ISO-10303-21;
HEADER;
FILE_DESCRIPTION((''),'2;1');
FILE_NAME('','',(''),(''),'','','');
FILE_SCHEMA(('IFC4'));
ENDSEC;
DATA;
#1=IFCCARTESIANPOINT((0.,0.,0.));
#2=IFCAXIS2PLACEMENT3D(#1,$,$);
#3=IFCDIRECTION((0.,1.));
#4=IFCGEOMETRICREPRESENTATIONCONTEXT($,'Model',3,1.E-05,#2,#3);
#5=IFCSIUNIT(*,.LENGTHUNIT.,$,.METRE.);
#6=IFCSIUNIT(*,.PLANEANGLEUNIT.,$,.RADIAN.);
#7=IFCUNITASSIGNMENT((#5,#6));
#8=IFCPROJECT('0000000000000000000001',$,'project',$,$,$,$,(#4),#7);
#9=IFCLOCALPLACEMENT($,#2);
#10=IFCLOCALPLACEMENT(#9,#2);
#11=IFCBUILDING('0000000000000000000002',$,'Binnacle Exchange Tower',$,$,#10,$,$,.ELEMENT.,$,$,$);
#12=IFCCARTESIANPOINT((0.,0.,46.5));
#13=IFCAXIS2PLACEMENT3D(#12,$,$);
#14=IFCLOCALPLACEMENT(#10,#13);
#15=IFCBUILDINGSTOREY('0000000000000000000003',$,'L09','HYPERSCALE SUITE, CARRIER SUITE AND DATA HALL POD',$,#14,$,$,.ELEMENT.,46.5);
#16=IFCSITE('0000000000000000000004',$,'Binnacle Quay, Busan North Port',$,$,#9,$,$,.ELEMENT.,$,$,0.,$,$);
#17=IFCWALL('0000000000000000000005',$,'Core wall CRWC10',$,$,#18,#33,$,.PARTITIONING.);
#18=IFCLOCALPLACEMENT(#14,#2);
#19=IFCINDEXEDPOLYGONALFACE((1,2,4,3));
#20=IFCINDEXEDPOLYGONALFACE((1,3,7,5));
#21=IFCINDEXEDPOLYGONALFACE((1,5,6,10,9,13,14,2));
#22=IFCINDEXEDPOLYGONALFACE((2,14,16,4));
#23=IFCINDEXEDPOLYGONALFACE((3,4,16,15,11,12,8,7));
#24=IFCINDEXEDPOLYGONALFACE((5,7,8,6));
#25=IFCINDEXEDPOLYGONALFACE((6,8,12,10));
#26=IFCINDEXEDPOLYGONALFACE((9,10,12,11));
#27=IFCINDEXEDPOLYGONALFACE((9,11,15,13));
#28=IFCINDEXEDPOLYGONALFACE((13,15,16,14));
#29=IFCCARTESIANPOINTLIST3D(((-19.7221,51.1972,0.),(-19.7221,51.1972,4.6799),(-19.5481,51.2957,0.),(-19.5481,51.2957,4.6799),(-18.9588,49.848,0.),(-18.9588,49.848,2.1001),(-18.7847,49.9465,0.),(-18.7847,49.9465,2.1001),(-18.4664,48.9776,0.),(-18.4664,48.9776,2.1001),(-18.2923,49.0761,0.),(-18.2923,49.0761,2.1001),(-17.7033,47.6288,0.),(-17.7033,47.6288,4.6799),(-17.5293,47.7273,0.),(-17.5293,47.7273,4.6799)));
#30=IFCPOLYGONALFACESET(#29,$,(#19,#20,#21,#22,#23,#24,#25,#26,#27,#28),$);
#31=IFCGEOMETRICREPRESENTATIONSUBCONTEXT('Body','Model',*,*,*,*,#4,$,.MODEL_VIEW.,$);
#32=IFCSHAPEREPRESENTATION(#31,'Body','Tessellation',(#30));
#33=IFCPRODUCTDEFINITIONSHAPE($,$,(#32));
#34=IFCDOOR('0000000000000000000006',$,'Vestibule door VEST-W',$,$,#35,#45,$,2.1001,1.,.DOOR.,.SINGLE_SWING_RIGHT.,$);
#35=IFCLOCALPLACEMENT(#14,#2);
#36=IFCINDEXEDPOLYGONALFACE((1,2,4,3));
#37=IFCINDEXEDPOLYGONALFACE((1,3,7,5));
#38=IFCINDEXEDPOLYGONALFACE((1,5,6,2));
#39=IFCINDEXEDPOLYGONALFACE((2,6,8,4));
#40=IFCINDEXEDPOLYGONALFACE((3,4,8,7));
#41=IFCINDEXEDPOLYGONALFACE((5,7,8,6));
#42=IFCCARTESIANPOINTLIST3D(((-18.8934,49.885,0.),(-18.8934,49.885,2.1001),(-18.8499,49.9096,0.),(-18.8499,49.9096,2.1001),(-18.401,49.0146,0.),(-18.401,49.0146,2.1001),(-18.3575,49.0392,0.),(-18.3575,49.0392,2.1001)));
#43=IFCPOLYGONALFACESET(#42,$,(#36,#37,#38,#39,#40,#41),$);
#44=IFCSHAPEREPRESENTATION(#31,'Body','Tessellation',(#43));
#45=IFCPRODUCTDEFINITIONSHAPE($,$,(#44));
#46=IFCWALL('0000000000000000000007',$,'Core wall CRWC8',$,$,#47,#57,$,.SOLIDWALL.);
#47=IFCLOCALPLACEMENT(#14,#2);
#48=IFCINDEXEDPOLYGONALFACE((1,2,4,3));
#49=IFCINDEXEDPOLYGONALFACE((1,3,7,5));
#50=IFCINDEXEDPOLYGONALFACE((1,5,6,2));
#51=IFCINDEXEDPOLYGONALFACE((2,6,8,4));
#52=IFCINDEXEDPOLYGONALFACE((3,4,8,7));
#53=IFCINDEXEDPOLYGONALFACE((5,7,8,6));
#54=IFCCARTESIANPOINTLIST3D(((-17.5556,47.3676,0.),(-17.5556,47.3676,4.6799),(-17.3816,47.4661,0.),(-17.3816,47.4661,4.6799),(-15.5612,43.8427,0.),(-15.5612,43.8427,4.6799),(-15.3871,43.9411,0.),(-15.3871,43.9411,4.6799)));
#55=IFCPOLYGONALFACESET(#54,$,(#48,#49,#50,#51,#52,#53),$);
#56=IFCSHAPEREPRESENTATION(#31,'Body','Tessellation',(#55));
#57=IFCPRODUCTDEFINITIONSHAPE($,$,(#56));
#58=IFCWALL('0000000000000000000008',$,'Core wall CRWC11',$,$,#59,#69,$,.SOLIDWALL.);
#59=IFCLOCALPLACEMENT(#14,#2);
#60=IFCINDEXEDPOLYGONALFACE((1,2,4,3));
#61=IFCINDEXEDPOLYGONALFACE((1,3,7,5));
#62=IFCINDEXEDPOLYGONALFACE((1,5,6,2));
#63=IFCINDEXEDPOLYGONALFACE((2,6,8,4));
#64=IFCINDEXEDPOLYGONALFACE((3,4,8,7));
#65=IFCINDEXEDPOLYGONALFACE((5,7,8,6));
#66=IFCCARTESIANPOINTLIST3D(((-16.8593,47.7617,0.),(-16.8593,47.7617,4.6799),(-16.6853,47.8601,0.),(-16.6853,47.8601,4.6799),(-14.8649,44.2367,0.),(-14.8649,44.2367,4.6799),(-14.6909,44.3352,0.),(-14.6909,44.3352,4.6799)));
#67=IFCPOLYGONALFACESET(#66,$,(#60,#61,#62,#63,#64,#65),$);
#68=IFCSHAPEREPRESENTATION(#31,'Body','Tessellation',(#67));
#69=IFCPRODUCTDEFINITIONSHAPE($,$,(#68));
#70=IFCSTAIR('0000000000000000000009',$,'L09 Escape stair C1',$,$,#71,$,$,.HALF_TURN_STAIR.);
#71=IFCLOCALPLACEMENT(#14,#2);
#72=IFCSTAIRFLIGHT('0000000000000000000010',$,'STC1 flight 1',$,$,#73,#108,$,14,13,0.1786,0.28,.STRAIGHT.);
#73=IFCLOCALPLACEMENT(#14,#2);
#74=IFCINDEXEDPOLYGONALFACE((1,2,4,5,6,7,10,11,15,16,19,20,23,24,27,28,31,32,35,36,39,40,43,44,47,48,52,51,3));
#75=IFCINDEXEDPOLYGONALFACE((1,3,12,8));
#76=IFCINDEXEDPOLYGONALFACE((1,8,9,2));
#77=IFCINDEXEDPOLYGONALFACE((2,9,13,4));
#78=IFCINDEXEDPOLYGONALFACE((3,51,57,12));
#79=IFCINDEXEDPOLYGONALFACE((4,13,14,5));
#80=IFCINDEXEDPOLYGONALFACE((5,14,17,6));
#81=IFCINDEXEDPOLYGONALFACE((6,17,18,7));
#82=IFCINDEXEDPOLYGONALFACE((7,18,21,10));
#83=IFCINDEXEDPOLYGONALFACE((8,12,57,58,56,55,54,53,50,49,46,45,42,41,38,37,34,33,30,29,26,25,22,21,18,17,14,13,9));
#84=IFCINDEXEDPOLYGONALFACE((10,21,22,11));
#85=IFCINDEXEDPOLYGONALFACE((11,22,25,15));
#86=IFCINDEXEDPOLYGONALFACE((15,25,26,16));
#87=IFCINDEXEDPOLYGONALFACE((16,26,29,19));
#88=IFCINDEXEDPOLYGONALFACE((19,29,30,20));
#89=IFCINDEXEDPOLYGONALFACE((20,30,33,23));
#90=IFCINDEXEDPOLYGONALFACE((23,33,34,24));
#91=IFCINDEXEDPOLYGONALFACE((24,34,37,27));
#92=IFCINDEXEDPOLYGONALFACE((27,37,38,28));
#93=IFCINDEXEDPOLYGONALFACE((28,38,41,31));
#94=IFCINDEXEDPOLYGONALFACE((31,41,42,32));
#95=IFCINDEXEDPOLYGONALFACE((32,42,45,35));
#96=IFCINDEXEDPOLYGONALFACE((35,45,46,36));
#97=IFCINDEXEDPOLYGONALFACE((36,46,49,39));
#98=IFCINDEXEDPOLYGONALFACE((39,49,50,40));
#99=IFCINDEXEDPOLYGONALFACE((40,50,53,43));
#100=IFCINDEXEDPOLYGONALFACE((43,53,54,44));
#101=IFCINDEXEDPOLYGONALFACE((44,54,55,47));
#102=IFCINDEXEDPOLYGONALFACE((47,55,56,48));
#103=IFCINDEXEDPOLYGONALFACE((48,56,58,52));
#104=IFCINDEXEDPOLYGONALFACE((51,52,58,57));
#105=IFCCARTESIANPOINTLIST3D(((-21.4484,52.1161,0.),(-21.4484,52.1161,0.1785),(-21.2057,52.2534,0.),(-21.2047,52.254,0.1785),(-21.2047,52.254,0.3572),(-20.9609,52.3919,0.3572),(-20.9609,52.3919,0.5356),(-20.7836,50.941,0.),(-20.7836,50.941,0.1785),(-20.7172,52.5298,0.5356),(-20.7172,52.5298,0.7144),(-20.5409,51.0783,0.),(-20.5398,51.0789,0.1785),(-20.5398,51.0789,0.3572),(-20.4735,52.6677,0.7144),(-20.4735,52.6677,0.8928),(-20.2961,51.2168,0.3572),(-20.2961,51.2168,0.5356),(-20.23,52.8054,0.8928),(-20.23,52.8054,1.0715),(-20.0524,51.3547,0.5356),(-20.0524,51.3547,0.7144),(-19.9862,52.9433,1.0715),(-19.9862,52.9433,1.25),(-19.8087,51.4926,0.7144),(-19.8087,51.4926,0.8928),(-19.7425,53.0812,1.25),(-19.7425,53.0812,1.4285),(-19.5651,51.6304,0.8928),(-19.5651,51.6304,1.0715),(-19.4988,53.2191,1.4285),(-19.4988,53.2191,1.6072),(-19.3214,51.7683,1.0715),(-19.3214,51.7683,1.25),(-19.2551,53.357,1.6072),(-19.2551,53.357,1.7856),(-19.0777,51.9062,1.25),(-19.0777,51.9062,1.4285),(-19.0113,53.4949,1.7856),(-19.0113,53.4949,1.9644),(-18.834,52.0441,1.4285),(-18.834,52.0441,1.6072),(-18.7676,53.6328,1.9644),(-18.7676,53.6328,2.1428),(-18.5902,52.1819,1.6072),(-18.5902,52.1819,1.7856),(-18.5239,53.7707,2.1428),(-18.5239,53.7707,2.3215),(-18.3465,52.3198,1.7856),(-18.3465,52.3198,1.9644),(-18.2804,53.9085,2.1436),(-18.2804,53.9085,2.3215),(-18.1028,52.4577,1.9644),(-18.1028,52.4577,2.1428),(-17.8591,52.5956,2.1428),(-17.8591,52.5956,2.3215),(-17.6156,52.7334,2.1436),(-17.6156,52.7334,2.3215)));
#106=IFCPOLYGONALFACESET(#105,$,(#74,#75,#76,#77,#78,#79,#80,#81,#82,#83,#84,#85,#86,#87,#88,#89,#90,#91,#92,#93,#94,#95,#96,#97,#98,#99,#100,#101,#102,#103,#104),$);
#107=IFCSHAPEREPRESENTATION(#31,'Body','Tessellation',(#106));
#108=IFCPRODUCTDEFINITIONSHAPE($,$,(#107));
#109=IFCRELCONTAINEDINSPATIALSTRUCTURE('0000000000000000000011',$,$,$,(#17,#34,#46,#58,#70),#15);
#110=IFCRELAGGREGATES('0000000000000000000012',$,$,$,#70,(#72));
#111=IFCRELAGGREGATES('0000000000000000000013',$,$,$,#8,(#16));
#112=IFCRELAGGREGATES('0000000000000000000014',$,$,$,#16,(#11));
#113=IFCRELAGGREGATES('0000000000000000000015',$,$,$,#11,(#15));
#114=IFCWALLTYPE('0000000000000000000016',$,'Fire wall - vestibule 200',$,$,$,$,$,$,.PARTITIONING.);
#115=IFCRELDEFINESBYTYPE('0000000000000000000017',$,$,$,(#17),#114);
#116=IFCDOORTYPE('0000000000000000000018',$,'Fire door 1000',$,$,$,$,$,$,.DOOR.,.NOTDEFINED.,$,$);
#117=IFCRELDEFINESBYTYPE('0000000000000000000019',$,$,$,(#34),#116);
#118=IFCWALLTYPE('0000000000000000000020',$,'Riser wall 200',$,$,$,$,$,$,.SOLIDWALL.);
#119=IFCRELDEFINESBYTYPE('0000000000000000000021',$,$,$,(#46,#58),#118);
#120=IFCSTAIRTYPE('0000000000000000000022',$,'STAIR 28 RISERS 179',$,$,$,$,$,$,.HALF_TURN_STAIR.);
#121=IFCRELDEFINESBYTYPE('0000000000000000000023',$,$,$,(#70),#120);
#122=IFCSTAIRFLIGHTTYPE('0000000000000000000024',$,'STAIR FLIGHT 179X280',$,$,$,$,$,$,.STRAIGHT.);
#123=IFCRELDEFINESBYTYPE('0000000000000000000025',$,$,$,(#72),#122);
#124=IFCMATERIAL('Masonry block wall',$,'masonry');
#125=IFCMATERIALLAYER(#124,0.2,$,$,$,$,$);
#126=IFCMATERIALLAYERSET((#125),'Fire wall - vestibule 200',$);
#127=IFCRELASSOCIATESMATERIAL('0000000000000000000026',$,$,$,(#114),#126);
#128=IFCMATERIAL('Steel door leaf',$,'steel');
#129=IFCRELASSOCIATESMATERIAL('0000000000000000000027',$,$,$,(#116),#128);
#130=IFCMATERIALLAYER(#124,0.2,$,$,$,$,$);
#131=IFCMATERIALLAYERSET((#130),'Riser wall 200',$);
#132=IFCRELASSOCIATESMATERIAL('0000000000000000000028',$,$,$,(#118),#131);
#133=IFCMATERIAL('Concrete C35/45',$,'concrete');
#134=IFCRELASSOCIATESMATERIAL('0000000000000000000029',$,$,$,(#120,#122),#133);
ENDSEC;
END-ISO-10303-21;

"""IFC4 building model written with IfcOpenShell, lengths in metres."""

from ifc_helpers import new_model, si_unit, direction, frame, frame_2d, origin, place, context, subcontext, project, spatial, polyline, rectangle, outline, extrude, material, layer, layer_set, type_object, element, fill, aggregate, save


model = new_model("IFC4")

# Units and contexts
model_context = context("Model", 3, precision=1e-05, world=origin(), true_north=direction((0.0, 1.0)))
body_context = subcontext(model_context, "Body", "Model", "MODEL_VIEW")
ifc_project = project(units=[si_unit("LENGTHUNIT", "METRE"), si_unit("PLANEANGLEUNIT", "RADIAN")], contexts=[model_context])

# Site, building, storey
site_placement = place(None, origin())
site = spatial("IfcSite", under=ifc_project, at=site_placement, Name="Binnacle Quay, Busan North Port", CompositionType="ELEMENT", RefElevation=0.0)
building_placement = place(site_placement, origin())
building = spatial("IfcBuilding", under=site, at=building_placement, Name="Binnacle Exchange Tower", CompositionType="ELEMENT")
storey_placement = place(building_placement, frame((0.0, 0.0, 46.5)))
storey = spatial("IfcBuildingStorey", under=building, at=storey_placement, Name="L09", Description="HYPERSCALE SUITE, CARRIER SUITE AND DATA HALL POD", CompositionType="ELEMENT", Elevation=46.5)

# Shared definitions
ifc_material_1 = material(Name="Steel door leaf", Category="steel")

# Wall, opening, door
ifc_material_2 = material(Name="Masonry block wall", Category="masonry")
ifc_layer_1 = layer(ifc_material_2, 0.2)
ifc_layer_set_1 = layer_set([ifc_layer_1], Name="Fire wall - vestibule 200")
wall_type_1 = type_object("IfcWallType", Name="Fire wall - vestibule 200", PredefinedType="PARTITIONING", material=ifc_layer_set_1)
wall_1_placement = place(storey_placement, frame((-19.635, 51.2463, 0.0), z_axis=(0.0, 0.0, 1.0), x_axis=(0.492408, -0.870364, 0.0)))
wall_1 = element("IfcWall", 1, at=wall_1_placement, inside=storey, type_object=wall_type_1, Name="Core wall CRWC10", PredefinedType="PARTITIONING", context=body_context, shape_type="SweptSolid", body=[
    extrude(rectangle(XDim=4.0999, YDim=0.2, at=frame_2d((2.0498, 0.0))), origin(), (0.0, 0.0, 1.0), 4.6799),
])
opening_1_placement = place(wall_1_placement, frame((1.55, 0.0, 0.0)))
opening_1 = element("IfcOpeningElement", 2, at=opening_1_placement, cuts=wall_1, PredefinedType="OPENING", context=body_context, shape_type="SweptSolid", body=[
    extrude(rectangle(XDim=1.0, YDim=2.1001, at=frame_2d((0.5, 1.05))), frame((0.0, 0.1099, 0.0), z_axis=(0.0, -1.0, 0.0), x_axis=(1.0, 0.0, 0.0)), (0.0, 0.0, 1.0), 0.22),
])
door_type_1 = type_object("IfcDoorType", Name="Fire door 1000", OperationType="NOTDEFINED", PredefinedType="DOOR", material=ifc_material_1)
door_1_placement = place(opening_1_placement, frame((1.0, 0.0, 0.0), z_axis=(0.0, 0.0, 1.0), x_axis=(-1.0, 0.0, 0.0)))
door_1 = element("IfcDoor", 3, at=door_1_placement, inside=storey, type_object=door_type_1, Name="Vestibule door VEST-W", OperationType="SINGLE_SWING_RIGHT", OverallHeight=2.1001, OverallWidth=1.0, PredefinedType="DOOR", context=body_context, shape_type="SweptSolid", body=[
    extrude(rectangle(XDim=1.0, YDim=2.1001, at=frame_2d((0.5, 1.05))), frame((0.0, 0.0249, 0.0), z_axis=(0.0, -1.0, 0.0), x_axis=(1.0, 0.0, 0.0)), (0.0, 0.0, 1.0), 0.05),
])
fill(opening_1, door_1)

# Walls
ifc_layer_2 = layer(ifc_material_2, 0.2)
ifc_layer_set_2 = layer_set([ifc_layer_2], Name="Riser wall 200")
wall_type_2 = type_object("IfcWallType", Name="Riser wall 200", PredefinedType="SOLIDWALL", material=ifc_layer_set_2)
for number, where, z_axis, x_axis, name in (
    (4, (-17.4685, 47.4167, 0.0), (0.0, 0.0, 1.0), (0.492441, -0.870346, 0.0), "Core wall CRWC8"),
    (5, (-16.7722, 47.8108, 0.0), (0.0, 0.0, 1.0), (0.492441, -0.870346, 0.0), "Core wall CRWC11"),
):
    element("IfcWall", number, at=place(storey_placement, frame(where, z_axis=z_axis, x_axis=x_axis)), inside=storey, type_object=wall_type_2, Name=name, PredefinedType="SOLIDWALL", context=body_context, shape_type="SweptSolid", body=[
        extrude(rectangle(XDim=4.05, YDim=0.2, at=frame_2d((2.0249, 0.0))), origin(), (0.0, 0.0, 1.0), 4.6799),
    ])

# Stair, stair flight
ifc_material_3 = material(Name="Concrete C35/45", Category="concrete")
stair_type = type_object("IfcStairType", Name="STAIR 28 RISERS 179", PredefinedType="HALF_TURN_STAIR", material=ifc_material_3)
stair_placement = place(storey_placement, origin())
stair = element("IfcStair", 6, at=stair_placement, inside=storey, type_object=stair_type, Name="L09 Escape stair C1", PredefinedType="HALF_TURN_STAIR")
stair_flight_type = type_object("IfcStairFlightType", Name="STAIR FLIGHT 179X280", PredefinedType="STRAIGHT", material=ifc_material_3)
stair_flight_placement = place(storey_placement, frame((-21.116, 51.5286, 0.0), z_axis=(0.0, 0.0, 1.0), x_axis=(0.870356, 0.492424, 0.0)))
stair_flight = element("IfcStairFlight", 7, at=stair_flight_placement, type_object=stair_flight_type, Name="STC1 flight 1", NumberOfRisers=14, NumberOfTreads=13, PredefinedType="STRAIGHT", RiserHeight=0.1786, TreadLength=0.28, context=body_context, shape_type="SweptSolid", body=[
    extrude(outline(polyline([(0.0, 0.0), (0.0, 0.1785), (0.28, 0.1785), (0.28, 0.3572), (0.5601, 0.3572), (0.5601, 0.5356), (0.8401, 0.5356), (0.8401, 0.7144), (1.1201, 0.7144), (1.1201, 0.8928), (1.3999, 0.8928), (1.3999, 1.0715), (1.6799, 1.0715), (1.6799, 1.25), (1.96, 1.25), (1.96, 1.4285), (2.24, 1.4285), (2.24, 1.6072), (2.52, 1.6072), (2.52, 1.7856), (2.8, 1.7856), (2.8, 1.9644), (3.0801, 1.9644), (3.0801, 2.1428), (3.3601, 2.1428), (3.3601, 2.3215), (3.6399, 2.3215), (3.6399, 2.5), (3.6399, 2.1436), (0.2788, 0.0), (0.0, 0.0)])), frame((0.0, 0.675, 0.0), z_axis=(0.0, -1.0, 0.0), x_axis=(1.0, 0.0, 0.0)), (0.0, 0.0, 1.0), 1.3501),
])
aggregate(stair, [stair_flight])

save(model, "model.ifc")
